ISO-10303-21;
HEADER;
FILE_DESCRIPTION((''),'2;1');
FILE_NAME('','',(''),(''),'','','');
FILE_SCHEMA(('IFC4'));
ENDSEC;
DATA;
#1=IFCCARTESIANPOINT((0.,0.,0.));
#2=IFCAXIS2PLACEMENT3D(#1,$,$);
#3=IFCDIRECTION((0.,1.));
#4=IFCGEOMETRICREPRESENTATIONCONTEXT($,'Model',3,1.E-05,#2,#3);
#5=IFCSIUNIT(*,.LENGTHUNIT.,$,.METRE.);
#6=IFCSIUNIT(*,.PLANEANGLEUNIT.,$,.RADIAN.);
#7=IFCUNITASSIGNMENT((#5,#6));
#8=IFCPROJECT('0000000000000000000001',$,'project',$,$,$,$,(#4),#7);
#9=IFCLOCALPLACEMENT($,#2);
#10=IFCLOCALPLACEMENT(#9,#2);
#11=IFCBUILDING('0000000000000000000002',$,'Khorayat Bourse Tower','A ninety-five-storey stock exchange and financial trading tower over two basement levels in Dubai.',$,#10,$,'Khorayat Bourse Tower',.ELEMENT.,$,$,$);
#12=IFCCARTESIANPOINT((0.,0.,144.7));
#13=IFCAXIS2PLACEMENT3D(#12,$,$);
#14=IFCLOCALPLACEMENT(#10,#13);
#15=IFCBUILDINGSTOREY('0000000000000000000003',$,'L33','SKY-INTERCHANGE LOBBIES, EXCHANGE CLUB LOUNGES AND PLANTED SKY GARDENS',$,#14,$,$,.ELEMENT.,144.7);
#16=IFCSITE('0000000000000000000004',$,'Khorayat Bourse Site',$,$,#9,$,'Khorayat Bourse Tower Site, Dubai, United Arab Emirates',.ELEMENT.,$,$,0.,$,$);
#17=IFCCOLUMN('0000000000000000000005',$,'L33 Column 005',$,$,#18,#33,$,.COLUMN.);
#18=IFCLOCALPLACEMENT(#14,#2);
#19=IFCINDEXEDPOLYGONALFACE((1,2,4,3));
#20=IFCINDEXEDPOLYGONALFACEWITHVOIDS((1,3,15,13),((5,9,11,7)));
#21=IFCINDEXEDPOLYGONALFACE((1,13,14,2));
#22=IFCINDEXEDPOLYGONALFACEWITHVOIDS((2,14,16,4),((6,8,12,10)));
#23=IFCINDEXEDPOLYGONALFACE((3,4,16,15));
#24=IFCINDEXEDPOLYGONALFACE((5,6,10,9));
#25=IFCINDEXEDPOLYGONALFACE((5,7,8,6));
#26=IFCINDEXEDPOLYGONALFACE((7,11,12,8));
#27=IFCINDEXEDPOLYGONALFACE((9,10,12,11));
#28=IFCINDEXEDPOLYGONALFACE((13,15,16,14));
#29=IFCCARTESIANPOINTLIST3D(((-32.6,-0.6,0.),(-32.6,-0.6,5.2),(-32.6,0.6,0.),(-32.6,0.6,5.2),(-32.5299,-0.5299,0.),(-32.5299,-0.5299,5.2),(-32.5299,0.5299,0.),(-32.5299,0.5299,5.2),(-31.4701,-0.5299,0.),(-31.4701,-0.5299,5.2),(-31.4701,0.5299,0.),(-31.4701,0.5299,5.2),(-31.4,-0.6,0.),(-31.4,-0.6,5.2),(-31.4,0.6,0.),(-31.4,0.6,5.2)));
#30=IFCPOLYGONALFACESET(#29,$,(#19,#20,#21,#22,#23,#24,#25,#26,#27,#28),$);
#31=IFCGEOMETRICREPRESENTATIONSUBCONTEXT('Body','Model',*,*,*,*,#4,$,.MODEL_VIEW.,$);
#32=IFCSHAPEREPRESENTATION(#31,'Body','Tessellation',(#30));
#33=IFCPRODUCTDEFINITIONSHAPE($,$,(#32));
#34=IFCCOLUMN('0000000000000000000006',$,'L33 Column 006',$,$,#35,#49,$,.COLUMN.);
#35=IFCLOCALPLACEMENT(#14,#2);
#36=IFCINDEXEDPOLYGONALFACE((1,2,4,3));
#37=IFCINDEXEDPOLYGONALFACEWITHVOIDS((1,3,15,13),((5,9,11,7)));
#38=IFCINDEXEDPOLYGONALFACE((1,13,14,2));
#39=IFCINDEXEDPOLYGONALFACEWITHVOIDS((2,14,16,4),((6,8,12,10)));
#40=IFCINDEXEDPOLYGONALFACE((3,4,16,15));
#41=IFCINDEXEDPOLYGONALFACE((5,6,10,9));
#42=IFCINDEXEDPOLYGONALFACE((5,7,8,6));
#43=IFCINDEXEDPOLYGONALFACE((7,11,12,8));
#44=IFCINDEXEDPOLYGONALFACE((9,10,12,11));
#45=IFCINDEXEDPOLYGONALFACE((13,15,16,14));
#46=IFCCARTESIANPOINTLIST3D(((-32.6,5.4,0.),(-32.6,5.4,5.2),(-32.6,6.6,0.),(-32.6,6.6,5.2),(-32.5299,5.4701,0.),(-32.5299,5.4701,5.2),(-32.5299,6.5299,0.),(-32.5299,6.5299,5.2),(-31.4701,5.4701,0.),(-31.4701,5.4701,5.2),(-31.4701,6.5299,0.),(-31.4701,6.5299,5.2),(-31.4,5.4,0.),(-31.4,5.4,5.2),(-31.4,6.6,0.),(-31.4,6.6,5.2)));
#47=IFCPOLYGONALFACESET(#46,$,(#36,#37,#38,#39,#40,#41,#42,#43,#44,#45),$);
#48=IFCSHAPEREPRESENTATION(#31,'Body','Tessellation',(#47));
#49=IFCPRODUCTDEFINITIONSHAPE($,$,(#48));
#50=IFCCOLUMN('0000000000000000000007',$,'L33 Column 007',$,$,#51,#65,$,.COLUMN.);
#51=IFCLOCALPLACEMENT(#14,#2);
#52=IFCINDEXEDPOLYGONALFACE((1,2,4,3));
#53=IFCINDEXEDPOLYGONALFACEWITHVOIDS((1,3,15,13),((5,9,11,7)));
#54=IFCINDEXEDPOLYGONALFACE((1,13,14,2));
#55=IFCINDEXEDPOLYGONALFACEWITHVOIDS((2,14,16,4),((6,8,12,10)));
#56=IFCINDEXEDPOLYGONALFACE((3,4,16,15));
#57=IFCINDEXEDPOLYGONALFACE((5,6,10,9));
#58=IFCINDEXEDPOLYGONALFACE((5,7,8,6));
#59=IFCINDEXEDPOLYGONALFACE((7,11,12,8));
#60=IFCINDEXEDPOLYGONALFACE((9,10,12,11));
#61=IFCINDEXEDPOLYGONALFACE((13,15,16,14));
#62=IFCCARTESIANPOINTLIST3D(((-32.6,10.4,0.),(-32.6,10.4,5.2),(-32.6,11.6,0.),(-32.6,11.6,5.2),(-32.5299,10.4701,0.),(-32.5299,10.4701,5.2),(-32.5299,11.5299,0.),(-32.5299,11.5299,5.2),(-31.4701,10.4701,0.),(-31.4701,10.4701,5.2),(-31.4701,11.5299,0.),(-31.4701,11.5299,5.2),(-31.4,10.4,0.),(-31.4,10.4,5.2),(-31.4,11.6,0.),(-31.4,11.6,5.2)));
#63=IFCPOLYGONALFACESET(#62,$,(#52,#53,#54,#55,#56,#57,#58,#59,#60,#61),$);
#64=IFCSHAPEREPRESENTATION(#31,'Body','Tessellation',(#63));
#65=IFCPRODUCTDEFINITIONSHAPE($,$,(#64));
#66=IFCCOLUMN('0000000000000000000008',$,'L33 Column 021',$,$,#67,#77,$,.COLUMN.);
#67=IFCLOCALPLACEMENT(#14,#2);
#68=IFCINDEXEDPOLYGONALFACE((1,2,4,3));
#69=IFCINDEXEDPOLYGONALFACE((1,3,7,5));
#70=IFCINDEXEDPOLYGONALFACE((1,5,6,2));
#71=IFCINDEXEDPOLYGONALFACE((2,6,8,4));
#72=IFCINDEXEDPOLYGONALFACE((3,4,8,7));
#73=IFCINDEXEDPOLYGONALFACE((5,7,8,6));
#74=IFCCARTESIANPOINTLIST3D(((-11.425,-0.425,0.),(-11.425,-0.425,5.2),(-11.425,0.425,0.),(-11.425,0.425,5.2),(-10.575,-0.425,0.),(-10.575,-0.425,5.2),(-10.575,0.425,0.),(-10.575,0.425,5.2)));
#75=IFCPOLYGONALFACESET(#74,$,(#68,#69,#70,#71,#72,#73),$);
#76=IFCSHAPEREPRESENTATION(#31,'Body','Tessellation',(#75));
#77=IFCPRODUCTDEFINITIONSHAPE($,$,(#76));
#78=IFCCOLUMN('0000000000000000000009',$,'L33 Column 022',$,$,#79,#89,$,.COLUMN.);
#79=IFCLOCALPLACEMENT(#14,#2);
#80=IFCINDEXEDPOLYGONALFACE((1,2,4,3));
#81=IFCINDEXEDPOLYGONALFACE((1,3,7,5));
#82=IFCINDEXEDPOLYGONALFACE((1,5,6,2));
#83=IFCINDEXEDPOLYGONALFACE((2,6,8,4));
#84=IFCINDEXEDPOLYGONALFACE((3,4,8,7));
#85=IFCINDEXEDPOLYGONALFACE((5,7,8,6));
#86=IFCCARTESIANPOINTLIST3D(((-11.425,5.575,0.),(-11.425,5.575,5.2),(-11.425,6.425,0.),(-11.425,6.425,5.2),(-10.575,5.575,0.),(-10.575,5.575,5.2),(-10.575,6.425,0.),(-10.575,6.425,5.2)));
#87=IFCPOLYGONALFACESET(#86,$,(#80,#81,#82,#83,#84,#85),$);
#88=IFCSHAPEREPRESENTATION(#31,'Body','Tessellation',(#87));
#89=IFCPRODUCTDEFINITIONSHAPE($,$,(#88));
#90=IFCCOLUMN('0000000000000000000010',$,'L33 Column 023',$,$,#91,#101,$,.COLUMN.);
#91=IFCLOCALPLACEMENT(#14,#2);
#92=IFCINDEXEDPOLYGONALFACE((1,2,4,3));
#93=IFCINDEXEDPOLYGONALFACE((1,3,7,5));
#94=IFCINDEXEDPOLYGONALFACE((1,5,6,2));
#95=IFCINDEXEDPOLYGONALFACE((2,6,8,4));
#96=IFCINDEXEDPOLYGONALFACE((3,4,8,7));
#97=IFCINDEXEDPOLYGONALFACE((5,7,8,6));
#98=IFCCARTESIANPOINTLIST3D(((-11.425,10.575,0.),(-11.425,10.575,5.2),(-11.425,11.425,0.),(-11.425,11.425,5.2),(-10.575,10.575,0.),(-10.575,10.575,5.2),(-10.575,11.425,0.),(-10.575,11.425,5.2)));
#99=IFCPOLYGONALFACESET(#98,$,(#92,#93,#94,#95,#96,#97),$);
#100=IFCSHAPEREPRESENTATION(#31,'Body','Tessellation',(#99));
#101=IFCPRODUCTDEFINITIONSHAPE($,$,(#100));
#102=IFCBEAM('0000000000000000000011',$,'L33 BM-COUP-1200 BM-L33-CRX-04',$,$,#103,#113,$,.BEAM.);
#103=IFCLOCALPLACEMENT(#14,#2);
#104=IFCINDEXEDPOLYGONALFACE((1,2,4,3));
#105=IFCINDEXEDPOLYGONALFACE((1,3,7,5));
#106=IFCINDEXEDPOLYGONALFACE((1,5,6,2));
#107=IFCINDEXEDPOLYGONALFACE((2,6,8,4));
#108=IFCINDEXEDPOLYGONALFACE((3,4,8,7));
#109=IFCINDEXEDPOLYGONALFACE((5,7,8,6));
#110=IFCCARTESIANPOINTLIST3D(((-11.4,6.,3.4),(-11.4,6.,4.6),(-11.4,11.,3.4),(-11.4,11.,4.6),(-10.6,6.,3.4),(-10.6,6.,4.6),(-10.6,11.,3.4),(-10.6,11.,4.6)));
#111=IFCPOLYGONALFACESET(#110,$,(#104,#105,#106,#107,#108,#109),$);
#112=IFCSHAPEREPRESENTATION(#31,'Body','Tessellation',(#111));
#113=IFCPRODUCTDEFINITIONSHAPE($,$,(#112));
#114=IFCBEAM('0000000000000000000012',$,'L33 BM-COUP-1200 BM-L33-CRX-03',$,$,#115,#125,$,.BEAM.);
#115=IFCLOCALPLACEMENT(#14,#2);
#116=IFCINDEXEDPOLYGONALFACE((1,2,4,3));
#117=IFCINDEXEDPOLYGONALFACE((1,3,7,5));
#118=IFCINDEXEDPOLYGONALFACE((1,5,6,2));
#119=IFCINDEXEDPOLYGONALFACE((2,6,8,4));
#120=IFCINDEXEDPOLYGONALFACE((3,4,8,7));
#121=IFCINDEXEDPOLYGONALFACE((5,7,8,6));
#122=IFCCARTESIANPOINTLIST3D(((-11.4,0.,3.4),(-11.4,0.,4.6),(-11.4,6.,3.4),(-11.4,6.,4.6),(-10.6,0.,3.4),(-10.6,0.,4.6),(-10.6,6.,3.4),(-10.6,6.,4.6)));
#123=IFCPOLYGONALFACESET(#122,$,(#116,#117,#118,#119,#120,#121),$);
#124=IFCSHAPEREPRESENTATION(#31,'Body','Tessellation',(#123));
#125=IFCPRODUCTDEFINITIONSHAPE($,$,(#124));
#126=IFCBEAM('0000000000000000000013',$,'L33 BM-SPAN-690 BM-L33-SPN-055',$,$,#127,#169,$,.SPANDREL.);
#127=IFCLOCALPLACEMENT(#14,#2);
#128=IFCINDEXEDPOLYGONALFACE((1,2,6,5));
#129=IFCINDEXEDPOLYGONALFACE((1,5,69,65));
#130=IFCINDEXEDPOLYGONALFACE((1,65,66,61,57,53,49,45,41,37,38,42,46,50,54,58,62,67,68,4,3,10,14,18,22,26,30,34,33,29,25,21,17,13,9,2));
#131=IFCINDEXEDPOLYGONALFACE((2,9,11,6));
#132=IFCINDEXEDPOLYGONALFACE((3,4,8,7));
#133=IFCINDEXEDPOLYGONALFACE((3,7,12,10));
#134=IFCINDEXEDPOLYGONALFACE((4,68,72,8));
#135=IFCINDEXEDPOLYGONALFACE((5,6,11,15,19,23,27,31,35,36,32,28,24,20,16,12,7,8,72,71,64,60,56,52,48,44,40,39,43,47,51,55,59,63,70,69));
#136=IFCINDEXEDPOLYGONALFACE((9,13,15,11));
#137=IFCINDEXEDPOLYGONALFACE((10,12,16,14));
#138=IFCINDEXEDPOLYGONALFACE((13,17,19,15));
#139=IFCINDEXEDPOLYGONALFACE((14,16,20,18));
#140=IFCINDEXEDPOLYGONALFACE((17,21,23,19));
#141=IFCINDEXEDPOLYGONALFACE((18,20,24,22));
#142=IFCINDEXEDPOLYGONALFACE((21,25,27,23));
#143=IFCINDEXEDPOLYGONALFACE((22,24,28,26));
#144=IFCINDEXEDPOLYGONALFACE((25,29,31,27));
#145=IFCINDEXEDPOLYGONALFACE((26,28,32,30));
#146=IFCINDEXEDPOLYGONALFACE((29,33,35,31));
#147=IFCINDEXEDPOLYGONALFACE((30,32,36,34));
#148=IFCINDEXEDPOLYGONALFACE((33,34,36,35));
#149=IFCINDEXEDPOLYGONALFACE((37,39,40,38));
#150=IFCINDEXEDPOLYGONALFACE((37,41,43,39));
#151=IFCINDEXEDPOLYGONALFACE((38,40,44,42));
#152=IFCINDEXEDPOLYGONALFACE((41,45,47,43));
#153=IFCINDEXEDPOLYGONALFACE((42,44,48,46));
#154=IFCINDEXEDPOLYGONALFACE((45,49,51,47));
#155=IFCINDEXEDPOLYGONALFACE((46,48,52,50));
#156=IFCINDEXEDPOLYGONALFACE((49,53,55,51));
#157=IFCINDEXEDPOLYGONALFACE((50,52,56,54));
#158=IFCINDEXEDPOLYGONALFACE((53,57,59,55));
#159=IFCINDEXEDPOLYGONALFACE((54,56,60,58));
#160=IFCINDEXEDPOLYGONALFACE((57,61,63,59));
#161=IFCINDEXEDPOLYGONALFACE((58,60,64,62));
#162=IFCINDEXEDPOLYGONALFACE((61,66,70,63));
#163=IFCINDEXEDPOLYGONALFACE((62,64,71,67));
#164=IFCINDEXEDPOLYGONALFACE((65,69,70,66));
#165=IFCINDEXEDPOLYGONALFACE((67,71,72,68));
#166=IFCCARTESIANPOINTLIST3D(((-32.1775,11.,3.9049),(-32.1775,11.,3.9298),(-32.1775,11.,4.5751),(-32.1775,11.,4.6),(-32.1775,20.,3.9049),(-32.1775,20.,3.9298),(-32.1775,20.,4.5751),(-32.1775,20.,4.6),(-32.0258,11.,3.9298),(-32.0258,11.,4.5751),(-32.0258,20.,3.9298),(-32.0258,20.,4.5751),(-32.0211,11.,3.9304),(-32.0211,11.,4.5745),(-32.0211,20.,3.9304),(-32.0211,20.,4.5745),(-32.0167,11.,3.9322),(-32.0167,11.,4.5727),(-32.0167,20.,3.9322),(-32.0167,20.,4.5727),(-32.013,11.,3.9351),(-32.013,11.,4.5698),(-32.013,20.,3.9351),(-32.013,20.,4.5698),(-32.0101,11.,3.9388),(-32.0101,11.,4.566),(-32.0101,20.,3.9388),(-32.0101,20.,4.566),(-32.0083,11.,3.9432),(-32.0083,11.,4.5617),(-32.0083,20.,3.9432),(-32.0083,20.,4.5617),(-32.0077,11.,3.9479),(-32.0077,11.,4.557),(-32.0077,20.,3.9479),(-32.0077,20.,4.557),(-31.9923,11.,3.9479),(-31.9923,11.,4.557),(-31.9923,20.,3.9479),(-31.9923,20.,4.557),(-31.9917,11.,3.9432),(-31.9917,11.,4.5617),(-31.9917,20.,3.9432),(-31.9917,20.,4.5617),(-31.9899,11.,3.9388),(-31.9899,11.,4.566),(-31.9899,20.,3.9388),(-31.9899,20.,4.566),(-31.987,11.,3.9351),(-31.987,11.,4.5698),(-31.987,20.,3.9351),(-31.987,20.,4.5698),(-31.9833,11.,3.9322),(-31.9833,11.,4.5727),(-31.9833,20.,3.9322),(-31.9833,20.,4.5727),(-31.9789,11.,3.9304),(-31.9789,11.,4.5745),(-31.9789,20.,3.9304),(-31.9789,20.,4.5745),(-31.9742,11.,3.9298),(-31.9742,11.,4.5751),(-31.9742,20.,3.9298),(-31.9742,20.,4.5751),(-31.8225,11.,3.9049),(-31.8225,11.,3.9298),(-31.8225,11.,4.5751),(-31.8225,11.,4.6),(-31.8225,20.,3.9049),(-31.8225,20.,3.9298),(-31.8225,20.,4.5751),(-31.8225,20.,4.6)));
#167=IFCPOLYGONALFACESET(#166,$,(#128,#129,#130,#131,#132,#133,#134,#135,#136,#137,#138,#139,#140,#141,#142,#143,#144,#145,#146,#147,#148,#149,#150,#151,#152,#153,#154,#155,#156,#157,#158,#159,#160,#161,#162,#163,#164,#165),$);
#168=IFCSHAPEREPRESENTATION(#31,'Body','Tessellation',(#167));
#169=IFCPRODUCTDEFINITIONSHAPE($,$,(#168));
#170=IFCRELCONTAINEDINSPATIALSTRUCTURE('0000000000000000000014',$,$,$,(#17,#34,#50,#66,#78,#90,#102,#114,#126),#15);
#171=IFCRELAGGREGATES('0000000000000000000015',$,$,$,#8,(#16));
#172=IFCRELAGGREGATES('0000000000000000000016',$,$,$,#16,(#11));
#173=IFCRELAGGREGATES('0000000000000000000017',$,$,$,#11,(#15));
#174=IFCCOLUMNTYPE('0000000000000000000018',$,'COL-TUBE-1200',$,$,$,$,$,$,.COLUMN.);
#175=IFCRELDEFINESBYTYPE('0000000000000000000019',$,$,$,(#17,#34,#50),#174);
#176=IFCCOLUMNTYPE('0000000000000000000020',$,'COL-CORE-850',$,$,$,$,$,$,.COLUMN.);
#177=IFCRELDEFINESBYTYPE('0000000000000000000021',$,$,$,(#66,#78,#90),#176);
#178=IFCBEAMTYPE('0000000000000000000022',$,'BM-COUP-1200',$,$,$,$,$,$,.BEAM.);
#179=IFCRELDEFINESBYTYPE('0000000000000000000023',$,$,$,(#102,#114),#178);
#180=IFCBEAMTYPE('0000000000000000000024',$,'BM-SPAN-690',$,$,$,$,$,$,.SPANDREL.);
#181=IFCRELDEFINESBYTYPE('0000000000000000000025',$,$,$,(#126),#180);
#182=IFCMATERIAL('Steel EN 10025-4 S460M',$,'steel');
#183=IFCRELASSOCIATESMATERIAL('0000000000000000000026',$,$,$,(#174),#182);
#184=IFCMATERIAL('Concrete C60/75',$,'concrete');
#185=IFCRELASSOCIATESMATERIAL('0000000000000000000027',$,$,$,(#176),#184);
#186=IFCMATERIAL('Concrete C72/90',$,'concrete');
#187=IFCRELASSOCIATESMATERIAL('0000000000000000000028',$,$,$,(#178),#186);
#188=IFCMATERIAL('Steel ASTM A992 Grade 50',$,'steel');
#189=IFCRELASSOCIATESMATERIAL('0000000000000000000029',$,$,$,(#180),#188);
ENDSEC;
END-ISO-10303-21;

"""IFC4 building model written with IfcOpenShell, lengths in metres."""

from ifc_helpers import new_model, si_unit, direction, frame, origin, origin_2d, place, context, subcontext, project, spatial, rectangle, hollow_rectangle, i_section, extrude, source, transform, mapped, material, material_profile, profile_set, type_object, element, save


model = new_model("IFC4")

# Units and contexts
model_context = context("Model", 3, precision=1e-05, world=origin(), true_north=direction((0.0, 1.0)))
body_context = subcontext(model_context, "Body", "Model", "MODEL_VIEW")
ifc_project = project(units=[si_unit("LENGTHUNIT", "METRE"), si_unit("PLANEANGLEUNIT", "RADIAN")], contexts=[model_context])

# Site, building, storey
site_placement = place(None, origin())
site = spatial("IfcSite", under=ifc_project, at=site_placement, Name="Khorayat Bourse Site", LongName="Khorayat Bourse Tower Site, Dubai, United Arab Emirates", CompositionType="ELEMENT", RefElevation=0.0)
building_placement = place(site_placement, origin())
building = spatial("IfcBuilding", under=site, at=building_placement, Name="Khorayat Bourse Tower", Description="A ninety-five-storey stock exchange and financial trading tower over two basement levels in Dubai.", LongName="Khorayat Bourse Tower", CompositionType="ELEMENT")
storey_placement = place(building_placement, frame((0.0, 0.0, 144.7)))
storey = spatial("IfcBuildingStorey", under=building, at=storey_placement, Name="L33", Description="SKY-INTERCHANGE LOBBIES, EXCHANGE CLUB LOUNGES AND PLANTED SKY GARDENS", CompositionType="ELEMENT", Elevation=144.7)

# Columns
ifc_material_1 = material(Name="Steel EN 10025-4 S460M", Category="steel")
ifc_material_profile_1 = material_profile(ifc_material_1, hollow_rectangle(XDim=1.2, YDim=1.2, WallThickness=0.0701, at=origin_2d()), Name="BOX 1200x1200x70")
ifc_profile_set_1 = profile_set([ifc_material_profile_1], Name="Steel EN 10025-4 S460M")
column_type_1 = type_object("IfcColumnType", Name="COL-TUBE-1200", PredefinedType="COLUMN", material=ifc_profile_set_1)
shared_shape_1 = source(origin(), body_context, "Body", "SweptSolid", [
    extrude(hollow_rectangle(XDim=1.2, YDim=1.2, WallThickness=0.0701, at=origin_2d()), origin(), (0.0, 0.0, 1.0), 5.2),
])
for number, where, z_axis, x_axis, name in (
    (1, (-32.0, 0.0, 0.0), (0.0, 0.0, 1.0), (1.0, 0.0, 0.0), "L33 Column 005"),
    (2, (-32.0, 6.0, 0.0), (0.0, 0.0, 1.0), (1.0, 0.0, 0.0), "L33 Column 006"),
    (3, (-32.0, 11.0, 0.0), (0.0, 0.0, 1.0), (1.0, 0.0, 0.0), "L33 Column 007"),
):
    element("IfcColumn", number, at=place(storey_placement, frame(where, z_axis=z_axis, x_axis=x_axis)), inside=storey, type_object=column_type_1, Name=name, PredefinedType="COLUMN", context=body_context, shape_type="MappedRepresentation", body=[
        mapped(shared_shape_1, transform((0.0, 0.0, 0.0), scale=1.0)),
    ])
ifc_material_2 = material(Name="Concrete C60/75", Category="concrete")
ifc_material_profile_2 = material_profile(ifc_material_2, rectangle(XDim=0.8501, YDim=0.8501, at=origin_2d()), Name="RC 850x850")
ifc_profile_set_2 = profile_set([ifc_material_profile_2], Name="Concrete C60/75")
column_type_2 = type_object("IfcColumnType", Name="COL-CORE-850", PredefinedType="COLUMN", material=ifc_profile_set_2)
shared_shape_2 = source(origin(), body_context, "Body", "SweptSolid", [
    extrude(rectangle(XDim=0.8501, YDim=0.8501, at=origin_2d()), origin(), (0.0, 0.0, 1.0), 5.2),
])
for number, where, z_axis, x_axis, name in (
    (4, (-11.0, 0.0, 0.0), (0.0, 0.0, 1.0), (1.0, 0.0, 0.0), "L33 Column 021"),
    (5, (-11.0, 6.0, 0.0), (0.0, 0.0, 1.0), (1.0, 0.0, 0.0), "L33 Column 022"),
    (6, (-11.0, 11.0, 0.0), (0.0, 0.0, 1.0), (1.0, 0.0, 0.0), "L33 Column 023"),
):
    element("IfcColumn", number, at=place(storey_placement, frame(where, z_axis=z_axis, x_axis=x_axis)), inside=storey, type_object=column_type_2, Name=name, PredefinedType="COLUMN", context=body_context, shape_type="MappedRepresentation", body=[
        mapped(shared_shape_2, transform((0.0, 0.0, 0.0), scale=1.0)),
    ])

# Beams
ifc_material_3 = material(Name="Concrete C72/90", Category="concrete")
ifc_material_profile_3 = material_profile(ifc_material_3, rectangle(XDim=0.8, YDim=1.2, at=origin_2d()), Name="RC 800x1200")
ifc_profile_set_3 = profile_set([ifc_material_profile_3], Name="Concrete C72/90")
beam_type_1 = type_object("IfcBeamType", Name="BM-COUP-1200", PredefinedType="BEAM", material=ifc_profile_set_3)
shared_shape_3 = source(origin(), body_context, "Body", "SweptSolid", [
    extrude(rectangle(XDim=0.8, YDim=1.2, at=origin_2d()), origin(), (0.0, 0.0, 1.0), 5.0),
])
beam_1_placement = place(storey_placement, frame((-11.0, 6.0, 4.0), z_axis=(0.0, 1.0, 0.0), x_axis=(-1.0, 0.0, 0.0)))
element("IfcBeam", 7, at=beam_1_placement, inside=storey, type_object=beam_type_1, Name="L33 BM-COUP-1200 BM-L33-CRX-04", PredefinedType="BEAM", context=body_context, shape_type="MappedRepresentation", body=[
    mapped(shared_shape_3, transform((0.0, 0.0, 0.0), scale=1.0)),
])
shared_shape_4 = source(origin(), body_context, "Body", "SweptSolid", [
    extrude(rectangle(XDim=0.8, YDim=1.2, at=origin_2d()), origin(), (0.0, 0.0, 1.0), 6.0),
])
beam_2_placement = place(storey_placement, frame((-11.0, 0.0, 4.0), z_axis=(0.0, 1.0, 0.0), x_axis=(-1.0, 0.0, 0.0)))
element("IfcBeam", 8, at=beam_2_placement, inside=storey, type_object=beam_type_1, Name="L33 BM-COUP-1200 BM-L33-CRX-03", PredefinedType="BEAM", context=body_context, shape_type="MappedRepresentation", body=[
    mapped(shared_shape_4, transform((0.0, 0.0, 0.0), scale=1.0)),
])
ifc_material_4 = material(Name="Steel ASTM A992 Grade 50", Category="steel")
ifc_material_profile_4 = material_profile(ifc_material_4, i_section(OverallWidth=0.355, OverallDepth=0.6951, WebThickness=0.0154, FlangeThickness=0.0249, FilletRadius=0.0181, at=origin_2d()), Name="W690X217")
ifc_profile_set_4 = profile_set([ifc_material_profile_4], Name="Steel ASTM A992 Grade 50")
beam_type_2 = type_object("IfcBeamType", Name="BM-SPAN-690", PredefinedType="SPANDREL", material=ifc_profile_set_4)
shared_shape_5 = source(origin(), body_context, "Body", "SweptSolid", [
    extrude(i_section(OverallWidth=0.355, OverallDepth=0.6951, WebThickness=0.0154, FlangeThickness=0.0249, FilletRadius=0.0181, at=origin_2d()), origin(), (0.0, 0.0, 1.0), 9.0),
])
beam_3_placement = place(storey_placement, frame((-32.0, 11.0, 4.2524), z_axis=(0.0, 1.0, 0.0), x_axis=(-1.0, 0.0, 0.0)))
element("IfcBeam", 9, at=beam_3_placement, inside=storey, type_object=beam_type_2, Name="L33 BM-SPAN-690 BM-L33-SPN-055", PredefinedType="SPANDREL", context=body_context, shape_type="MappedRepresentation", body=[
    mapped(shared_shape_5, transform((0.0, 0.0, 0.0), scale=1.0)),
])

save(model, "model.ifc")
